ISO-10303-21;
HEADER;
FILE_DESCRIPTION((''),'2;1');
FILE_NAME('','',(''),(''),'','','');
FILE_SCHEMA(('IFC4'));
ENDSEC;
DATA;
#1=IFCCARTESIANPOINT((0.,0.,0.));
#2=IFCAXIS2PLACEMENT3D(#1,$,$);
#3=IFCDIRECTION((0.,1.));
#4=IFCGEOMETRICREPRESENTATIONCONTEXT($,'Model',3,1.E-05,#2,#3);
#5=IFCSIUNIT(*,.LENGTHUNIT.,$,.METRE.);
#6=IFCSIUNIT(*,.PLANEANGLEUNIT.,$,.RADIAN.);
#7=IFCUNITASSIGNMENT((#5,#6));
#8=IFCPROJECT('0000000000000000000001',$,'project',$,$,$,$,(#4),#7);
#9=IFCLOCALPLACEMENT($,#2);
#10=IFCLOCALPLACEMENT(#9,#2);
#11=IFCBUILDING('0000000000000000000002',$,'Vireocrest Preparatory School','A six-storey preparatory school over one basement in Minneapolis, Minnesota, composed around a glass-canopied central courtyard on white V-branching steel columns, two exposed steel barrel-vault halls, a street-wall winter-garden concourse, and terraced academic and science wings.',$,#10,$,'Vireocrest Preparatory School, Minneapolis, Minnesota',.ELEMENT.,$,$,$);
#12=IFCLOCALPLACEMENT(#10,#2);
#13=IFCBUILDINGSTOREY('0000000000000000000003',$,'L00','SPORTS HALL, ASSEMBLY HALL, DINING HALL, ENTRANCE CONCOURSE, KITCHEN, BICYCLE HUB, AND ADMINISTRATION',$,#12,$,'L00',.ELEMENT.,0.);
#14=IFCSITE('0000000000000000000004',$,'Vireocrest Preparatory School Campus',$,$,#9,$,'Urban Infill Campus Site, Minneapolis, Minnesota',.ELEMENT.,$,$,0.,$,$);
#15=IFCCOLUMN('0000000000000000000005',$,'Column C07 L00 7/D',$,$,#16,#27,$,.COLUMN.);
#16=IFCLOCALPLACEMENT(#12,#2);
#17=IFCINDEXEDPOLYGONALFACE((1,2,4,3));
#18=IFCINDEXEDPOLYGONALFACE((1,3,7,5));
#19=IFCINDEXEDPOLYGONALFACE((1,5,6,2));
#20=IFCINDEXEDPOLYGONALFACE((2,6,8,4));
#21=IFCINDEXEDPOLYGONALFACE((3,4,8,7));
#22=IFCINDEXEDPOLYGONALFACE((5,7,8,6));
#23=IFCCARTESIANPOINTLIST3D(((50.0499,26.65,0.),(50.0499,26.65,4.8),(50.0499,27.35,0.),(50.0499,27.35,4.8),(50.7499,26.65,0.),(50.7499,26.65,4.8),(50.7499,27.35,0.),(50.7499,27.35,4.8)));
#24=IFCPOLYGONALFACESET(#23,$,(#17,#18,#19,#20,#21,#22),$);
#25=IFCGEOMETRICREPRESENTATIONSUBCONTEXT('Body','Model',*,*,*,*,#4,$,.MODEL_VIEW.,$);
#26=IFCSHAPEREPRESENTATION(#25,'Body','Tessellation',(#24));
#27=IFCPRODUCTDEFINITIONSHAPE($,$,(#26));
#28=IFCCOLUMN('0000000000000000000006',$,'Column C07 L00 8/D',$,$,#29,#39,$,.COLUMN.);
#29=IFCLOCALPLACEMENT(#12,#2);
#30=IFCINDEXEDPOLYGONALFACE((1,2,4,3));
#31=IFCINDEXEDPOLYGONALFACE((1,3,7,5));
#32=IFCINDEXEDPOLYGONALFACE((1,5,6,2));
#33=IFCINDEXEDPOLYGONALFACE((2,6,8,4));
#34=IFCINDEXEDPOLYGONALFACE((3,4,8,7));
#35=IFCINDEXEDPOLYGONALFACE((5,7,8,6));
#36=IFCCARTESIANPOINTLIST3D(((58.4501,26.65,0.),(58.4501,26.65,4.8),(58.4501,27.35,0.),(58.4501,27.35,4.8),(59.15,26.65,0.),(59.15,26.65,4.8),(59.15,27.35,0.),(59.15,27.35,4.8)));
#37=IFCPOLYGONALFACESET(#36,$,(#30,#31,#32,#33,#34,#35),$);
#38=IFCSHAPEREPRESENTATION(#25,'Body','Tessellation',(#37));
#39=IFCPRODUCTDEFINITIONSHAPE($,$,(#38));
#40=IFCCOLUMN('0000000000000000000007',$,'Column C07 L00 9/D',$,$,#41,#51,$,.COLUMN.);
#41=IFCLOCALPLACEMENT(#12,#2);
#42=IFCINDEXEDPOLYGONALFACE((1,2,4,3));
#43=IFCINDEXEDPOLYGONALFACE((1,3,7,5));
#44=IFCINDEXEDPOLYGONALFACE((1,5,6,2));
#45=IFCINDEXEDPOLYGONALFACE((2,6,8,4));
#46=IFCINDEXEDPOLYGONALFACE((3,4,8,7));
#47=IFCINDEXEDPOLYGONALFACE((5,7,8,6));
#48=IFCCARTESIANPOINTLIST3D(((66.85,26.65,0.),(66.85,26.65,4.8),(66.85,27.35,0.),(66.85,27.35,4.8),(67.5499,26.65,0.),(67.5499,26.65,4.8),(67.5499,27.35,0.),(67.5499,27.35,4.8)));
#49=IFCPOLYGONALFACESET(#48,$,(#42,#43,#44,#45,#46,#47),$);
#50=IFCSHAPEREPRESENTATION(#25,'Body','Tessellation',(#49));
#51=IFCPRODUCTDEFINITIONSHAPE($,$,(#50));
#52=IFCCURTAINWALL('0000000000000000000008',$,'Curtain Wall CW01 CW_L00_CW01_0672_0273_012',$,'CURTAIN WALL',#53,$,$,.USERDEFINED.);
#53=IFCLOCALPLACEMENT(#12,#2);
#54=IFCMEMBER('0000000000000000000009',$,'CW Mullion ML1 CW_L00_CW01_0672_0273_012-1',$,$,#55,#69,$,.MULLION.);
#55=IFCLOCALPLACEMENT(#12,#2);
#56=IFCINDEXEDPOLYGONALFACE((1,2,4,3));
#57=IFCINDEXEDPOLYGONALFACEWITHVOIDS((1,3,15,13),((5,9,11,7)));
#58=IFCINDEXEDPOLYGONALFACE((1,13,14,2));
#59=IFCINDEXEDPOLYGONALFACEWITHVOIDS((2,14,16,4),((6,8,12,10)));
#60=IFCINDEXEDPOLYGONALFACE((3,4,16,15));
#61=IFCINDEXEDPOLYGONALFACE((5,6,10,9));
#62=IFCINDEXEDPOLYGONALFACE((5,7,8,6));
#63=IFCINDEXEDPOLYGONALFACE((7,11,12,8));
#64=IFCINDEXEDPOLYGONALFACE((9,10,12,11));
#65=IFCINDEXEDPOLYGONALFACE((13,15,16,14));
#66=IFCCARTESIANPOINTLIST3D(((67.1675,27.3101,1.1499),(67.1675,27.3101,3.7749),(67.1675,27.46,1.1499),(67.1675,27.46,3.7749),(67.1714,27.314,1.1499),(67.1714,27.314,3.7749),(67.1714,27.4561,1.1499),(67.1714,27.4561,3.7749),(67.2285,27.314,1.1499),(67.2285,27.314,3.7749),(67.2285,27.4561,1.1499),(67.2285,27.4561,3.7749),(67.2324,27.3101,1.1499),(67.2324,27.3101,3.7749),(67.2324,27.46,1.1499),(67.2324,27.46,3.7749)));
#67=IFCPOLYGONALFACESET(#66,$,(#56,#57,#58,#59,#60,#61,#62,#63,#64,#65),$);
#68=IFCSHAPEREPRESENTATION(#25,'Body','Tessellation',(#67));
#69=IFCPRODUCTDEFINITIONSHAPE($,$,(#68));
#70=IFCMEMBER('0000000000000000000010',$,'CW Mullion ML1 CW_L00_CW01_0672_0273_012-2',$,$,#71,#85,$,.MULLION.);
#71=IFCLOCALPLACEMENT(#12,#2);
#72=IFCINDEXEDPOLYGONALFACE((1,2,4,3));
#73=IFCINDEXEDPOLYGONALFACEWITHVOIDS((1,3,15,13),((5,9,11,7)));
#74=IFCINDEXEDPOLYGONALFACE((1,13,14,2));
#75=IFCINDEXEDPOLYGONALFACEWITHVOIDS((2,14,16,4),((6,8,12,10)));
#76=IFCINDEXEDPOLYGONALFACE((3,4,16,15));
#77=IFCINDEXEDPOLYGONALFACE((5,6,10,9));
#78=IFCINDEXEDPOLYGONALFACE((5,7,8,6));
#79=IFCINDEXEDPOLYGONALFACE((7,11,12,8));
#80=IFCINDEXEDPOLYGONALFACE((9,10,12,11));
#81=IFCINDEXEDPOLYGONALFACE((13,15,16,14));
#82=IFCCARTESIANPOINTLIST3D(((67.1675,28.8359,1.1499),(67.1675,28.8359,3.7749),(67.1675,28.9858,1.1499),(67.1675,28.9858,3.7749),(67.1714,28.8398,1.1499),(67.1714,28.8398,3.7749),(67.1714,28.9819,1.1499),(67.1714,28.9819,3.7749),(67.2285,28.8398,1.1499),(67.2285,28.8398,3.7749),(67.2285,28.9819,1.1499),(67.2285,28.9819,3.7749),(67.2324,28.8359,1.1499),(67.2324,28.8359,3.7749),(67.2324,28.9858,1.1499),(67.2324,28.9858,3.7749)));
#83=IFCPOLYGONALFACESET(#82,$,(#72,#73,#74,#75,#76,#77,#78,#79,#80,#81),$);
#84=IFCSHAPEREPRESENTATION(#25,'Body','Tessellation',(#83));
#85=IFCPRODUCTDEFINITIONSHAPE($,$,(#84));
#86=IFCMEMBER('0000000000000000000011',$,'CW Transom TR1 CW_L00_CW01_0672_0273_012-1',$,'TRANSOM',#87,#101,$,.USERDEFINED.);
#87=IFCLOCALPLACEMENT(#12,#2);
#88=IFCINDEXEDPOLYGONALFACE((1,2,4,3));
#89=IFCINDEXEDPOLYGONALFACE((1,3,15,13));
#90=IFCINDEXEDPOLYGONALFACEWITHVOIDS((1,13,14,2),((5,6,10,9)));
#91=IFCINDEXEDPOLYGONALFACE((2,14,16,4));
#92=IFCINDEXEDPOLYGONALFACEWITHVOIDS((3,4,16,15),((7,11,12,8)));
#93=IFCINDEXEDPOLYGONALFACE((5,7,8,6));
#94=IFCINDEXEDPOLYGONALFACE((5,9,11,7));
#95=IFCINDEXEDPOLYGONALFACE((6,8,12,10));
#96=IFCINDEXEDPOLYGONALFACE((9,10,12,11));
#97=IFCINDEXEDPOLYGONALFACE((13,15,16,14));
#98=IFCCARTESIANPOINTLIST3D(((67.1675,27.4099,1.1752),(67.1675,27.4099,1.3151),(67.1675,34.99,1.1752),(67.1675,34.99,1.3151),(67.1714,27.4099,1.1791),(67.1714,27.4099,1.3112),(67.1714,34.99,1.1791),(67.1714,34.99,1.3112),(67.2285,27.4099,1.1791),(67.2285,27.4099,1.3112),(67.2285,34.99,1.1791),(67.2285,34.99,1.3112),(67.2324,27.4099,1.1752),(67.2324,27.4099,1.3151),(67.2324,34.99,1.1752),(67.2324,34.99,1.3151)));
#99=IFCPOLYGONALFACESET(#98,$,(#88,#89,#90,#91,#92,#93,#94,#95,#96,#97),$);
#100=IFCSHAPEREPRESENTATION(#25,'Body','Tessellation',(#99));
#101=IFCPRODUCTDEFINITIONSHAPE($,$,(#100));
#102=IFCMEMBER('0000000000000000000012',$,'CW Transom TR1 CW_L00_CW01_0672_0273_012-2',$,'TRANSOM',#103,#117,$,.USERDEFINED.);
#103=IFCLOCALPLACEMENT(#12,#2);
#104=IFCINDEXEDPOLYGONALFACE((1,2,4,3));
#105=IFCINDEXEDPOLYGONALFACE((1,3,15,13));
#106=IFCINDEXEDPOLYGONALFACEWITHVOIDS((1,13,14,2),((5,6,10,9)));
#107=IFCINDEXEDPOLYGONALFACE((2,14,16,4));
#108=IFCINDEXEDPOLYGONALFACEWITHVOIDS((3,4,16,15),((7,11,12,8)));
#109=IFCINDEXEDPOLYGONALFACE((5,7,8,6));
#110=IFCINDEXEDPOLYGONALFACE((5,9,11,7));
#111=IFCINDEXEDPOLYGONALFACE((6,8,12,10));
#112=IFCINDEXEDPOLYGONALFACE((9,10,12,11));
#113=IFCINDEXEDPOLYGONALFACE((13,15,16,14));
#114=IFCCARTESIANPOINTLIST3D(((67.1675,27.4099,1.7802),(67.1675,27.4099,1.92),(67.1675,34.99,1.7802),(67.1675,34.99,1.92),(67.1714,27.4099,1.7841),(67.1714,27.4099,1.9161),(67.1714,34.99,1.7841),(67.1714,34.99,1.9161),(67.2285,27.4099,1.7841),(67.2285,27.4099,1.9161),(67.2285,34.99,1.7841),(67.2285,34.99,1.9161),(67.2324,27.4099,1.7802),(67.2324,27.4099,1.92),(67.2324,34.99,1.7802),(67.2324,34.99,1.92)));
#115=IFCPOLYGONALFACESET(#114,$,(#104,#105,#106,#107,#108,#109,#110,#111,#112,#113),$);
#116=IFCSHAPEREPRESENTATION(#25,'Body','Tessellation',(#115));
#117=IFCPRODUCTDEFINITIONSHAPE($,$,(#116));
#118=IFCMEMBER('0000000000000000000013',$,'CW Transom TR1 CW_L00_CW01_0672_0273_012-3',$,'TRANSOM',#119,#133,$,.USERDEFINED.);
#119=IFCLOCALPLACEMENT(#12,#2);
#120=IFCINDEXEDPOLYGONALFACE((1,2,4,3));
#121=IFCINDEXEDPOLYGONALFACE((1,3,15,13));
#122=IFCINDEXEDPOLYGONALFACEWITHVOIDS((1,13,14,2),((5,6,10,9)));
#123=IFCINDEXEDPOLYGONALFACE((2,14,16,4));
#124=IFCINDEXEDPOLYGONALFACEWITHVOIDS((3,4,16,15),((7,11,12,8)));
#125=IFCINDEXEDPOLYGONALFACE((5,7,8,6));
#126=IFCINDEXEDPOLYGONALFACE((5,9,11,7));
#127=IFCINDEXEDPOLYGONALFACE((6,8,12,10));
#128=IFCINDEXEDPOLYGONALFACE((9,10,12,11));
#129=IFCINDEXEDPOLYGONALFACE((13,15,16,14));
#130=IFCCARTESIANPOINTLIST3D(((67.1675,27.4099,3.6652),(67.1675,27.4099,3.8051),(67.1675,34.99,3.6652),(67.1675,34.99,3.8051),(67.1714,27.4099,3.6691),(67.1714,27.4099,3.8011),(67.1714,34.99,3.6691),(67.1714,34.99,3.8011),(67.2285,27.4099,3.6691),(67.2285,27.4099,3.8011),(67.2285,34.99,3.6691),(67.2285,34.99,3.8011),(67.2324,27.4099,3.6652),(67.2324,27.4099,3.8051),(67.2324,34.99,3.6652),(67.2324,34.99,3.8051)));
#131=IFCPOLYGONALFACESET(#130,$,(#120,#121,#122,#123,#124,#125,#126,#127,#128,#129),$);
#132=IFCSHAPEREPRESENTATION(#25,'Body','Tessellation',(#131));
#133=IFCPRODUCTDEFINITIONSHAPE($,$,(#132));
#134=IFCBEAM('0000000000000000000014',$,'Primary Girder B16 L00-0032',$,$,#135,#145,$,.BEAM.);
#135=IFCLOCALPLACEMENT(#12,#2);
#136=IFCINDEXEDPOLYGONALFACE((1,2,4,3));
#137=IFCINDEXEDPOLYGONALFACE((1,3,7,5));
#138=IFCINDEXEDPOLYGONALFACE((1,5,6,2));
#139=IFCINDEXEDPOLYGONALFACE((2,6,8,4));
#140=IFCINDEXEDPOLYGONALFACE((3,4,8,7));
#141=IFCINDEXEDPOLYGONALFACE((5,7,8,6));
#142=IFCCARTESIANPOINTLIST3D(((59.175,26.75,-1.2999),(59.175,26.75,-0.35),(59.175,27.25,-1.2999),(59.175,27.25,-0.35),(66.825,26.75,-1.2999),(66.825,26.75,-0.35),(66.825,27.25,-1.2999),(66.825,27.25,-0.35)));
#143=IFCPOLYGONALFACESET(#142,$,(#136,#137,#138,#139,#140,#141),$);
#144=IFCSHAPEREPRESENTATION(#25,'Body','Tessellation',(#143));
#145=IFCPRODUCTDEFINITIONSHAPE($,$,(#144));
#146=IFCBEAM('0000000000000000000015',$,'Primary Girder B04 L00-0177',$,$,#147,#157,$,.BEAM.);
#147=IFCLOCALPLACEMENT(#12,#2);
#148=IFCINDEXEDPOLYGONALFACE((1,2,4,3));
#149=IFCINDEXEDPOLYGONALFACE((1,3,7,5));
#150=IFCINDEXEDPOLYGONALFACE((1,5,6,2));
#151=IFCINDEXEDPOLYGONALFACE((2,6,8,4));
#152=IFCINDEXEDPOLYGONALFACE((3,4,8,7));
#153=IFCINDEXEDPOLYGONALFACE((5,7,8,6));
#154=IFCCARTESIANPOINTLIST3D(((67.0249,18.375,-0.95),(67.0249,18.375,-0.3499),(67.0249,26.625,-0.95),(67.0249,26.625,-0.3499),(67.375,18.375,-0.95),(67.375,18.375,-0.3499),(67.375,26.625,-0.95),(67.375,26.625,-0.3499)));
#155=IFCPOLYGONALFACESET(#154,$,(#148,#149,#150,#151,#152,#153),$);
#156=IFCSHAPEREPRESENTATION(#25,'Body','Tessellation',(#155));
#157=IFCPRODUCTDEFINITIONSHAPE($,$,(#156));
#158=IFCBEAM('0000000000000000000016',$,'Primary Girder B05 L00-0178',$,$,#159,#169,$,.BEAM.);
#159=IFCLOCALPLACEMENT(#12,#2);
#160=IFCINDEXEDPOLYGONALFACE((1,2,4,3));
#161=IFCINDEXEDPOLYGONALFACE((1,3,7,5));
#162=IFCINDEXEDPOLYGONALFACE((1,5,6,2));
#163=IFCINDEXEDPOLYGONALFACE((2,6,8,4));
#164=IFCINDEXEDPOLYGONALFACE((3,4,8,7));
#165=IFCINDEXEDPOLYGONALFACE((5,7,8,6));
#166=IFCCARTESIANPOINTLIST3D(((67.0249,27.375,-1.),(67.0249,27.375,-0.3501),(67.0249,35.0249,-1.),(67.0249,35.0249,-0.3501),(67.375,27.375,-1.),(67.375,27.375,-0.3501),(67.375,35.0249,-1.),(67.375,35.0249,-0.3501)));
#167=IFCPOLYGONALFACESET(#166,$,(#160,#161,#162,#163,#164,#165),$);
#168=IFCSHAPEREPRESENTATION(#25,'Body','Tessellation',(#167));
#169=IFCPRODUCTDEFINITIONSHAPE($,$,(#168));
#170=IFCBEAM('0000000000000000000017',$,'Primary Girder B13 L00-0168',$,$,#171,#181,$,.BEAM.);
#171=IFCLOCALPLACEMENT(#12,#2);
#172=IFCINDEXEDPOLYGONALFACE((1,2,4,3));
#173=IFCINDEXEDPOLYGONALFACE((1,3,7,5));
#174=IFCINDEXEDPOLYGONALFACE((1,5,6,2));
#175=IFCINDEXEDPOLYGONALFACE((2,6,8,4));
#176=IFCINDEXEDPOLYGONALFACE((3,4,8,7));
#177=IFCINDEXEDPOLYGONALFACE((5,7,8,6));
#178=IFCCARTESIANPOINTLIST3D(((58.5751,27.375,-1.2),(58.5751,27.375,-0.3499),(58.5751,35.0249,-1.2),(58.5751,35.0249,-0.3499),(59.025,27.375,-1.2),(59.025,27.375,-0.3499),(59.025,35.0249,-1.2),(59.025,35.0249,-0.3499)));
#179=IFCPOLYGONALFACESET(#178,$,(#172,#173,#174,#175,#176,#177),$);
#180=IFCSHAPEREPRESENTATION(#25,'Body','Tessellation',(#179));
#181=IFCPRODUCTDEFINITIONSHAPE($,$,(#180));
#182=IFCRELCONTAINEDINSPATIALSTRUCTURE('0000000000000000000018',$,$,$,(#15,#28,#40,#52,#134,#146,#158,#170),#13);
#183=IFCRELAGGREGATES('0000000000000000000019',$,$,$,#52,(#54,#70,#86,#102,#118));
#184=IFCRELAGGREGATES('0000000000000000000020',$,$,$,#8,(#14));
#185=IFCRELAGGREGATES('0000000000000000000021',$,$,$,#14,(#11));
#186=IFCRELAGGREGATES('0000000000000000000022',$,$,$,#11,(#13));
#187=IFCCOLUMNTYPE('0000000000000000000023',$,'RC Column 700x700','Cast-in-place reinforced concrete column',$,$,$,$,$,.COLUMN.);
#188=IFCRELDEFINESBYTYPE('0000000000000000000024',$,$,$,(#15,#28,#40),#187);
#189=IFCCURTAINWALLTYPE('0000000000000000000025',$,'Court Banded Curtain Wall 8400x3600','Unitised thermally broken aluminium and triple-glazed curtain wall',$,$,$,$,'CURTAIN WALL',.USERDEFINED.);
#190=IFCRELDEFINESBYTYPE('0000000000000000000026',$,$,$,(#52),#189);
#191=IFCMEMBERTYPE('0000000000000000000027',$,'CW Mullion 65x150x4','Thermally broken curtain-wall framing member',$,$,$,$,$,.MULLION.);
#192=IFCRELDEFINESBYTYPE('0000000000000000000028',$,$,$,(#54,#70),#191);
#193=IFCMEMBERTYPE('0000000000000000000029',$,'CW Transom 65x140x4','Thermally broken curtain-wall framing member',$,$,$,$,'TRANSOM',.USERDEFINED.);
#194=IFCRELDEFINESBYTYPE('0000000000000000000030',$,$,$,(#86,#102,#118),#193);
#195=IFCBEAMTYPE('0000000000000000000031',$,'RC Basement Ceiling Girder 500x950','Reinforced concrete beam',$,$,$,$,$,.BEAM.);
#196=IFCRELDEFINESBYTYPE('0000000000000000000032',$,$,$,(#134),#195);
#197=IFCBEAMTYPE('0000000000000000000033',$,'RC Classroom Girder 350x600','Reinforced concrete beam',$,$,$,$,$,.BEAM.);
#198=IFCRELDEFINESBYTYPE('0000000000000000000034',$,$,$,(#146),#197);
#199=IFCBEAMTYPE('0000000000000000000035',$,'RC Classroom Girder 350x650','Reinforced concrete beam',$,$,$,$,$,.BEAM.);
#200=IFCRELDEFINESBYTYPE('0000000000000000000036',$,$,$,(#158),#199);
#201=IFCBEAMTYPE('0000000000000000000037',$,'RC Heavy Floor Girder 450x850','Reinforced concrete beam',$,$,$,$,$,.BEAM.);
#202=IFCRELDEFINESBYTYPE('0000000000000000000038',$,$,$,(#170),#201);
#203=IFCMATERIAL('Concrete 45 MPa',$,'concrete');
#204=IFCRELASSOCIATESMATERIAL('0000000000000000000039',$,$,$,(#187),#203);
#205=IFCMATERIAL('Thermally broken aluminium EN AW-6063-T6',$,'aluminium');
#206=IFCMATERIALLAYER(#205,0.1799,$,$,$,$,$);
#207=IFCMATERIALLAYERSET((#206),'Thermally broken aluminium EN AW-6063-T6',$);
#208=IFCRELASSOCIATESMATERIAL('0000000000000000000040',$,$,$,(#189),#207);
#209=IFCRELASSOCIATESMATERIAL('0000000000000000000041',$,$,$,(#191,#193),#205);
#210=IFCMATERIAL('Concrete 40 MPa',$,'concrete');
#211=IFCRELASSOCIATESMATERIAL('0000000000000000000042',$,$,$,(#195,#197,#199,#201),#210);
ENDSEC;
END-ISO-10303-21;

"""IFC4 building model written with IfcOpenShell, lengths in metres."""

from ifc_helpers import new_model, si_unit, direction, frame, origin, origin_2d, place, context, subcontext, project, spatial, rectangle, hollow_rectangle, extrude, material, layer, layer_set, material_profile, profile_set, type_object, element, aggregate, save


model = new_model("IFC4")

# Units and contexts
model_context = context("Model", 3, precision=1e-05, world=origin(), true_north=direction((0.0, 1.0)))
body_context = subcontext(model_context, "Body", "Model", "MODEL_VIEW")
ifc_project = project(units=[si_unit("LENGTHUNIT", "METRE"), si_unit("PLANEANGLEUNIT", "RADIAN")], contexts=[model_context])

# Site, building, storey
site_placement = place(None, origin())
site = spatial("IfcSite", under=ifc_project, at=site_placement, Name="Vireocrest Preparatory School Campus", LongName="Urban Infill Campus Site, Minneapolis, Minnesota", CompositionType="ELEMENT", RefElevation=0.0)
building_placement = place(site_placement, origin())
building = spatial("IfcBuilding", under=site, at=building_placement, Name="Vireocrest Preparatory School", Description="A six-storey preparatory school over one basement in Minneapolis, Minnesota, composed around a glass-canopied central courtyard on white V-branching steel columns, two exposed steel barrel-vault halls, a street-wall winter-garden concourse, and terraced academic and science wings.", LongName="Vireocrest Preparatory School, Minneapolis, Minnesota", CompositionType="ELEMENT")
storey_placement = place(building_placement, origin())
storey = spatial("IfcBuildingStorey", under=building, at=storey_placement, Name="L00", Description="SPORTS HALL, ASSEMBLY HALL, DINING HALL, ENTRANCE CONCOURSE, KITCHEN, BICYCLE HUB, AND ADMINISTRATION", LongName="L00", CompositionType="ELEMENT", Elevation=0.0)

# Columns
ifc_material_1 = material(Name="Concrete 45 MPa", Category="concrete")
ifc_material_profile_1 = material_profile(ifc_material_1, rectangle(XDim=0.7, YDim=0.7, at=origin_2d()), Name="RC 700x700")
ifc_profile_set_1 = profile_set([ifc_material_profile_1], Name="Concrete 45 MPa")
column_type = type_object("IfcColumnType", Name="RC Column 700x700", Description="Cast-in-place reinforced concrete column", PredefinedType="COLUMN", material=ifc_profile_set_1)
for number, where, z_axis, x_axis, name in (
    (1, (50.3999, 27.0, 0.0), (0.0, 0.0, 1.0), (1.0, 0.0, 0.0), "Column C07 L00 7/D"),
    (2, (58.8, 27.0, 0.0), (0.0, 0.0, 1.0), (1.0, 0.0, 0.0), "Column C07 L00 8/D"),
    (3, (67.2, 27.0, 0.0), (0.0, 0.0, 1.0), (1.0, 0.0, 0.0), "Column C07 L00 9/D"),
):
    element("IfcColumn", number, at=place(storey_placement, frame(where, z_axis=z_axis, x_axis=x_axis)), inside=storey, type_object=column_type, Name=name, PredefinedType="COLUMN", context=body_context, shape_type="SweptSolid", body=[
        extrude(rectangle(XDim=0.7, YDim=0.7, at=origin_2d()), origin(), (0.0, 0.0, 1.0), 4.8),
    ])

# Curtain wall, members
ifc_material_2 = material(Name="Thermally broken aluminium EN AW-6063-T6", Category="aluminium")
ifc_layer_1 = layer(ifc_material_2, 0.1799)
ifc_layer_set_1 = layer_set([ifc_layer_1], Name="Thermally broken aluminium EN AW-6063-T6")
curtain_wall_type = type_object("IfcCurtainWallType", Name="Court Banded Curtain Wall 8400x3600", Description="Unitised thermally broken aluminium and triple-glazed curtain wall", ElementType="CURTAIN WALL", PredefinedType="USERDEFINED", material=ifc_layer_set_1)
curtain_wall_placement = place(storey_placement, origin())
curtain_wall = element("IfcCurtainWall", 4, at=curtain_wall_placement, inside=storey, type_object=curtain_wall_type, Name="Curtain Wall CW01 CW_L00_CW01_0672_0273_012", ObjectType="CURTAIN WALL", PredefinedType="USERDEFINED")
ifc_material_profile_2 = material_profile(ifc_material_2, hollow_rectangle(XDim=0.0649, YDim=0.1499, WallThickness=0.0039, at=origin_2d()), Name="ALU 65x150x4")
ifc_profile_set_2 = profile_set([ifc_material_profile_2], Name="Thermally broken aluminium EN AW-6063-T6")
member_type_1 = type_object("IfcMemberType", Name="CW Mullion 65x150x4", Description="Thermally broken curtain-wall framing member", PredefinedType="MULLION", material=ifc_profile_set_2)
member_1_placement = place(storey_placement, frame((67.2, 27.385, 1.1499), z_axis=(0.0, 0.0, 1.0), x_axis=(1.0, 0.0, 0.0)))
member_1 = element("IfcMember", 5, at=member_1_placement, type_object=member_type_1, Name="CW Mullion ML1 CW_L00_CW01_0672_0273_012-1", PredefinedType="MULLION", context=body_context, shape_type="SweptSolid", body=[
    extrude(hollow_rectangle(XDim=0.0649, YDim=0.1499, WallThickness=0.0039, at=origin_2d()), origin(), (0.0, 0.0, 1.0), 2.625),
])
member_2_placement = place(storey_placement, frame((67.2, 28.9109, 1.1499), z_axis=(0.0, 0.0, 1.0), x_axis=(1.0, 0.0, 0.0)))
member_2 = element("IfcMember", 6, at=member_2_placement, type_object=member_type_1, Name="CW Mullion ML1 CW_L00_CW01_0672_0273_012-2", PredefinedType="MULLION", context=body_context, shape_type="SweptSolid", body=[
    extrude(hollow_rectangle(XDim=0.0649, YDim=0.1499, WallThickness=0.0039, at=origin_2d()), origin(), (0.0, 0.0, 1.0), 2.625),
])
ifc_material_profile_3 = material_profile(ifc_material_2, hollow_rectangle(XDim=0.0649, YDim=0.1399, WallThickness=0.0039, at=origin_2d()), Name="ALU 65x140x4")
ifc_profile_set_3 = profile_set([ifc_material_profile_3], Name="Thermally broken aluminium EN AW-6063-T6")
member_type_2 = type_object("IfcMemberType", Name="CW Transom 65x140x4", Description="Thermally broken curtain-wall framing member", ElementType="TRANSOM", PredefinedType="USERDEFINED", material=ifc_profile_set_3)
member_3_placement = place(storey_placement, frame((67.2, 27.4099, 1.2451), z_axis=(0.0, 1.0, 0.0), x_axis=(-1.0, 0.0, 0.0)))
member_3 = element("IfcMember", 7, at=member_3_placement, type_object=member_type_2, Name="CW Transom TR1 CW_L00_CW01_0672_0273_012-1", ObjectType="TRANSOM", PredefinedType="USERDEFINED", context=body_context, shape_type="SweptSolid", body=[
    extrude(hollow_rectangle(XDim=0.0649, YDim=0.1399, WallThickness=0.0039, at=origin_2d()), origin(), (0.0, 0.0, 1.0), 7.5801),
])
member_4_placement = place(storey_placement, frame((67.2, 27.4099, 1.8501), z_axis=(0.0, 1.0, 0.0), x_axis=(-1.0, 0.0, 0.0)))
member_4 = element("IfcMember", 8, at=member_4_placement, type_object=member_type_2, Name="CW Transom TR1 CW_L00_CW01_0672_0273_012-2", ObjectType="TRANSOM", PredefinedType="USERDEFINED", context=body_context, shape_type="SweptSolid", body=[
    extrude(hollow_rectangle(XDim=0.0649, YDim=0.1399, WallThickness=0.0039, at=origin_2d()), origin(), (0.0, 0.0, 1.0), 7.5801),
])
member_5_placement = place(storey_placement, frame((67.2, 27.4099, 3.7351), z_axis=(0.0, 1.0, 0.0), x_axis=(-1.0, 0.0, 0.0)))
member_5 = element("IfcMember", 9, at=member_5_placement, type_object=member_type_2, Name="CW Transom TR1 CW_L00_CW01_0672_0273_012-3", ObjectType="TRANSOM", PredefinedType="USERDEFINED", context=body_context, shape_type="SweptSolid", body=[
    extrude(hollow_rectangle(XDim=0.0649, YDim=0.1399, WallThickness=0.0039, at=origin_2d()), origin(), (0.0, 0.0, 1.0), 7.5801),
])

# Beams
ifc_material_3 = material(Name="Concrete 40 MPa", Category="concrete")
ifc_material_profile_4 = material_profile(ifc_material_3, rectangle(XDim=0.5, YDim=0.95, at=origin_2d()), Name="RC 500x950")
ifc_profile_set_4 = profile_set([ifc_material_profile_4], Name="Concrete 40 MPa")
beam_type_1 = type_object("IfcBeamType", Name="RC Basement Ceiling Girder 500x950", Description="Reinforced concrete beam", PredefinedType="BEAM", material=ifc_profile_set_4)
beam_1_placement = place(storey_placement, frame((59.175, 27.0, -0.825), z_axis=(1.0, 0.0, 0.0), x_axis=(0.0, 1.0, 0.0)))
element("IfcBeam", 10, at=beam_1_placement, inside=storey, type_object=beam_type_1, Name="Primary Girder B16 L00-0032", PredefinedType="BEAM", context=body_context, shape_type="SweptSolid", body=[
    extrude(rectangle(XDim=0.5, YDim=0.95, at=origin_2d()), origin(), (0.0, 0.0, 1.0), 7.6499),
])
ifc_material_profile_5 = material_profile(ifc_material_3, rectangle(XDim=0.3501, YDim=0.6001, at=origin_2d()), Name="RC 350x600")
ifc_profile_set_5 = profile_set([ifc_material_profile_5], Name="Concrete 40 MPa")
beam_type_2 = type_object("IfcBeamType", Name="RC Classroom Girder 350x600", Description="Reinforced concrete beam", PredefinedType="BEAM", material=ifc_profile_set_5)
beam_2_placement = place(storey_placement, frame((67.2, 18.375, -0.6499), z_axis=(0.0, 1.0, 0.0), x_axis=(-1.0, 0.0, 0.0)))
element("IfcBeam", 11, at=beam_2_placement, inside=storey, type_object=beam_type_2, Name="Primary Girder B04 L00-0177", PredefinedType="BEAM", context=body_context, shape_type="SweptSolid", body=[
    extrude(rectangle(XDim=0.3501, YDim=0.6001, at=origin_2d()), origin(), (0.0, 0.0, 1.0), 8.25),
])
ifc_material_profile_6 = material_profile(ifc_material_3, rectangle(XDim=0.3501, YDim=0.6499, at=origin_2d()), Name="RC 350x650")
ifc_profile_set_6 = profile_set([ifc_material_profile_6], Name="Concrete 40 MPa")
beam_type_3 = type_object("IfcBeamType", Name="RC Classroom Girder 350x650", Description="Reinforced concrete beam", PredefinedType="BEAM", material=ifc_profile_set_6)
beam_3_placement = place(storey_placement, frame((67.2, 27.375, -0.675), z_axis=(0.0, 1.0, 0.0), x_axis=(-1.0, 0.0, 0.0)))
element("IfcBeam", 12, at=beam_3_placement, inside=storey, type_object=beam_type_3, Name="Primary Girder B05 L00-0178", PredefinedType="BEAM", context=body_context, shape_type="SweptSolid", body=[
    extrude(rectangle(XDim=0.3501, YDim=0.6499, at=origin_2d()), origin(), (0.0, 0.0, 1.0), 7.6499),
])
ifc_material_profile_7 = material_profile(ifc_material_3, rectangle(XDim=0.45, YDim=0.8501, at=origin_2d()), Name="RC 450x850")
ifc_profile_set_7 = profile_set([ifc_material_profile_7], Name="Concrete 40 MPa")
beam_type_4 = type_object("IfcBeamType", Name="RC Heavy Floor Girder 450x850", Description="Reinforced concrete beam", PredefinedType="BEAM", material=ifc_profile_set_7)
beam_4_placement = place(storey_placement, frame((58.8, 27.375, -0.7749), z_axis=(0.0, 1.0, 0.0), x_axis=(-1.0, 0.0, 0.0)))
element("IfcBeam", 13, at=beam_4_placement, inside=storey, type_object=beam_type_4, Name="Primary Girder B13 L00-0168", PredefinedType="BEAM", context=body_context, shape_type="SweptSolid", body=[
    extrude(rectangle(XDim=0.45, YDim=0.8501, at=origin_2d()), origin(), (0.0, 0.0, 1.0), 7.6499),
])

aggregate(curtain_wall, [member_1, member_2, member_3, member_4, member_5])

save(model, "model.ifc")
